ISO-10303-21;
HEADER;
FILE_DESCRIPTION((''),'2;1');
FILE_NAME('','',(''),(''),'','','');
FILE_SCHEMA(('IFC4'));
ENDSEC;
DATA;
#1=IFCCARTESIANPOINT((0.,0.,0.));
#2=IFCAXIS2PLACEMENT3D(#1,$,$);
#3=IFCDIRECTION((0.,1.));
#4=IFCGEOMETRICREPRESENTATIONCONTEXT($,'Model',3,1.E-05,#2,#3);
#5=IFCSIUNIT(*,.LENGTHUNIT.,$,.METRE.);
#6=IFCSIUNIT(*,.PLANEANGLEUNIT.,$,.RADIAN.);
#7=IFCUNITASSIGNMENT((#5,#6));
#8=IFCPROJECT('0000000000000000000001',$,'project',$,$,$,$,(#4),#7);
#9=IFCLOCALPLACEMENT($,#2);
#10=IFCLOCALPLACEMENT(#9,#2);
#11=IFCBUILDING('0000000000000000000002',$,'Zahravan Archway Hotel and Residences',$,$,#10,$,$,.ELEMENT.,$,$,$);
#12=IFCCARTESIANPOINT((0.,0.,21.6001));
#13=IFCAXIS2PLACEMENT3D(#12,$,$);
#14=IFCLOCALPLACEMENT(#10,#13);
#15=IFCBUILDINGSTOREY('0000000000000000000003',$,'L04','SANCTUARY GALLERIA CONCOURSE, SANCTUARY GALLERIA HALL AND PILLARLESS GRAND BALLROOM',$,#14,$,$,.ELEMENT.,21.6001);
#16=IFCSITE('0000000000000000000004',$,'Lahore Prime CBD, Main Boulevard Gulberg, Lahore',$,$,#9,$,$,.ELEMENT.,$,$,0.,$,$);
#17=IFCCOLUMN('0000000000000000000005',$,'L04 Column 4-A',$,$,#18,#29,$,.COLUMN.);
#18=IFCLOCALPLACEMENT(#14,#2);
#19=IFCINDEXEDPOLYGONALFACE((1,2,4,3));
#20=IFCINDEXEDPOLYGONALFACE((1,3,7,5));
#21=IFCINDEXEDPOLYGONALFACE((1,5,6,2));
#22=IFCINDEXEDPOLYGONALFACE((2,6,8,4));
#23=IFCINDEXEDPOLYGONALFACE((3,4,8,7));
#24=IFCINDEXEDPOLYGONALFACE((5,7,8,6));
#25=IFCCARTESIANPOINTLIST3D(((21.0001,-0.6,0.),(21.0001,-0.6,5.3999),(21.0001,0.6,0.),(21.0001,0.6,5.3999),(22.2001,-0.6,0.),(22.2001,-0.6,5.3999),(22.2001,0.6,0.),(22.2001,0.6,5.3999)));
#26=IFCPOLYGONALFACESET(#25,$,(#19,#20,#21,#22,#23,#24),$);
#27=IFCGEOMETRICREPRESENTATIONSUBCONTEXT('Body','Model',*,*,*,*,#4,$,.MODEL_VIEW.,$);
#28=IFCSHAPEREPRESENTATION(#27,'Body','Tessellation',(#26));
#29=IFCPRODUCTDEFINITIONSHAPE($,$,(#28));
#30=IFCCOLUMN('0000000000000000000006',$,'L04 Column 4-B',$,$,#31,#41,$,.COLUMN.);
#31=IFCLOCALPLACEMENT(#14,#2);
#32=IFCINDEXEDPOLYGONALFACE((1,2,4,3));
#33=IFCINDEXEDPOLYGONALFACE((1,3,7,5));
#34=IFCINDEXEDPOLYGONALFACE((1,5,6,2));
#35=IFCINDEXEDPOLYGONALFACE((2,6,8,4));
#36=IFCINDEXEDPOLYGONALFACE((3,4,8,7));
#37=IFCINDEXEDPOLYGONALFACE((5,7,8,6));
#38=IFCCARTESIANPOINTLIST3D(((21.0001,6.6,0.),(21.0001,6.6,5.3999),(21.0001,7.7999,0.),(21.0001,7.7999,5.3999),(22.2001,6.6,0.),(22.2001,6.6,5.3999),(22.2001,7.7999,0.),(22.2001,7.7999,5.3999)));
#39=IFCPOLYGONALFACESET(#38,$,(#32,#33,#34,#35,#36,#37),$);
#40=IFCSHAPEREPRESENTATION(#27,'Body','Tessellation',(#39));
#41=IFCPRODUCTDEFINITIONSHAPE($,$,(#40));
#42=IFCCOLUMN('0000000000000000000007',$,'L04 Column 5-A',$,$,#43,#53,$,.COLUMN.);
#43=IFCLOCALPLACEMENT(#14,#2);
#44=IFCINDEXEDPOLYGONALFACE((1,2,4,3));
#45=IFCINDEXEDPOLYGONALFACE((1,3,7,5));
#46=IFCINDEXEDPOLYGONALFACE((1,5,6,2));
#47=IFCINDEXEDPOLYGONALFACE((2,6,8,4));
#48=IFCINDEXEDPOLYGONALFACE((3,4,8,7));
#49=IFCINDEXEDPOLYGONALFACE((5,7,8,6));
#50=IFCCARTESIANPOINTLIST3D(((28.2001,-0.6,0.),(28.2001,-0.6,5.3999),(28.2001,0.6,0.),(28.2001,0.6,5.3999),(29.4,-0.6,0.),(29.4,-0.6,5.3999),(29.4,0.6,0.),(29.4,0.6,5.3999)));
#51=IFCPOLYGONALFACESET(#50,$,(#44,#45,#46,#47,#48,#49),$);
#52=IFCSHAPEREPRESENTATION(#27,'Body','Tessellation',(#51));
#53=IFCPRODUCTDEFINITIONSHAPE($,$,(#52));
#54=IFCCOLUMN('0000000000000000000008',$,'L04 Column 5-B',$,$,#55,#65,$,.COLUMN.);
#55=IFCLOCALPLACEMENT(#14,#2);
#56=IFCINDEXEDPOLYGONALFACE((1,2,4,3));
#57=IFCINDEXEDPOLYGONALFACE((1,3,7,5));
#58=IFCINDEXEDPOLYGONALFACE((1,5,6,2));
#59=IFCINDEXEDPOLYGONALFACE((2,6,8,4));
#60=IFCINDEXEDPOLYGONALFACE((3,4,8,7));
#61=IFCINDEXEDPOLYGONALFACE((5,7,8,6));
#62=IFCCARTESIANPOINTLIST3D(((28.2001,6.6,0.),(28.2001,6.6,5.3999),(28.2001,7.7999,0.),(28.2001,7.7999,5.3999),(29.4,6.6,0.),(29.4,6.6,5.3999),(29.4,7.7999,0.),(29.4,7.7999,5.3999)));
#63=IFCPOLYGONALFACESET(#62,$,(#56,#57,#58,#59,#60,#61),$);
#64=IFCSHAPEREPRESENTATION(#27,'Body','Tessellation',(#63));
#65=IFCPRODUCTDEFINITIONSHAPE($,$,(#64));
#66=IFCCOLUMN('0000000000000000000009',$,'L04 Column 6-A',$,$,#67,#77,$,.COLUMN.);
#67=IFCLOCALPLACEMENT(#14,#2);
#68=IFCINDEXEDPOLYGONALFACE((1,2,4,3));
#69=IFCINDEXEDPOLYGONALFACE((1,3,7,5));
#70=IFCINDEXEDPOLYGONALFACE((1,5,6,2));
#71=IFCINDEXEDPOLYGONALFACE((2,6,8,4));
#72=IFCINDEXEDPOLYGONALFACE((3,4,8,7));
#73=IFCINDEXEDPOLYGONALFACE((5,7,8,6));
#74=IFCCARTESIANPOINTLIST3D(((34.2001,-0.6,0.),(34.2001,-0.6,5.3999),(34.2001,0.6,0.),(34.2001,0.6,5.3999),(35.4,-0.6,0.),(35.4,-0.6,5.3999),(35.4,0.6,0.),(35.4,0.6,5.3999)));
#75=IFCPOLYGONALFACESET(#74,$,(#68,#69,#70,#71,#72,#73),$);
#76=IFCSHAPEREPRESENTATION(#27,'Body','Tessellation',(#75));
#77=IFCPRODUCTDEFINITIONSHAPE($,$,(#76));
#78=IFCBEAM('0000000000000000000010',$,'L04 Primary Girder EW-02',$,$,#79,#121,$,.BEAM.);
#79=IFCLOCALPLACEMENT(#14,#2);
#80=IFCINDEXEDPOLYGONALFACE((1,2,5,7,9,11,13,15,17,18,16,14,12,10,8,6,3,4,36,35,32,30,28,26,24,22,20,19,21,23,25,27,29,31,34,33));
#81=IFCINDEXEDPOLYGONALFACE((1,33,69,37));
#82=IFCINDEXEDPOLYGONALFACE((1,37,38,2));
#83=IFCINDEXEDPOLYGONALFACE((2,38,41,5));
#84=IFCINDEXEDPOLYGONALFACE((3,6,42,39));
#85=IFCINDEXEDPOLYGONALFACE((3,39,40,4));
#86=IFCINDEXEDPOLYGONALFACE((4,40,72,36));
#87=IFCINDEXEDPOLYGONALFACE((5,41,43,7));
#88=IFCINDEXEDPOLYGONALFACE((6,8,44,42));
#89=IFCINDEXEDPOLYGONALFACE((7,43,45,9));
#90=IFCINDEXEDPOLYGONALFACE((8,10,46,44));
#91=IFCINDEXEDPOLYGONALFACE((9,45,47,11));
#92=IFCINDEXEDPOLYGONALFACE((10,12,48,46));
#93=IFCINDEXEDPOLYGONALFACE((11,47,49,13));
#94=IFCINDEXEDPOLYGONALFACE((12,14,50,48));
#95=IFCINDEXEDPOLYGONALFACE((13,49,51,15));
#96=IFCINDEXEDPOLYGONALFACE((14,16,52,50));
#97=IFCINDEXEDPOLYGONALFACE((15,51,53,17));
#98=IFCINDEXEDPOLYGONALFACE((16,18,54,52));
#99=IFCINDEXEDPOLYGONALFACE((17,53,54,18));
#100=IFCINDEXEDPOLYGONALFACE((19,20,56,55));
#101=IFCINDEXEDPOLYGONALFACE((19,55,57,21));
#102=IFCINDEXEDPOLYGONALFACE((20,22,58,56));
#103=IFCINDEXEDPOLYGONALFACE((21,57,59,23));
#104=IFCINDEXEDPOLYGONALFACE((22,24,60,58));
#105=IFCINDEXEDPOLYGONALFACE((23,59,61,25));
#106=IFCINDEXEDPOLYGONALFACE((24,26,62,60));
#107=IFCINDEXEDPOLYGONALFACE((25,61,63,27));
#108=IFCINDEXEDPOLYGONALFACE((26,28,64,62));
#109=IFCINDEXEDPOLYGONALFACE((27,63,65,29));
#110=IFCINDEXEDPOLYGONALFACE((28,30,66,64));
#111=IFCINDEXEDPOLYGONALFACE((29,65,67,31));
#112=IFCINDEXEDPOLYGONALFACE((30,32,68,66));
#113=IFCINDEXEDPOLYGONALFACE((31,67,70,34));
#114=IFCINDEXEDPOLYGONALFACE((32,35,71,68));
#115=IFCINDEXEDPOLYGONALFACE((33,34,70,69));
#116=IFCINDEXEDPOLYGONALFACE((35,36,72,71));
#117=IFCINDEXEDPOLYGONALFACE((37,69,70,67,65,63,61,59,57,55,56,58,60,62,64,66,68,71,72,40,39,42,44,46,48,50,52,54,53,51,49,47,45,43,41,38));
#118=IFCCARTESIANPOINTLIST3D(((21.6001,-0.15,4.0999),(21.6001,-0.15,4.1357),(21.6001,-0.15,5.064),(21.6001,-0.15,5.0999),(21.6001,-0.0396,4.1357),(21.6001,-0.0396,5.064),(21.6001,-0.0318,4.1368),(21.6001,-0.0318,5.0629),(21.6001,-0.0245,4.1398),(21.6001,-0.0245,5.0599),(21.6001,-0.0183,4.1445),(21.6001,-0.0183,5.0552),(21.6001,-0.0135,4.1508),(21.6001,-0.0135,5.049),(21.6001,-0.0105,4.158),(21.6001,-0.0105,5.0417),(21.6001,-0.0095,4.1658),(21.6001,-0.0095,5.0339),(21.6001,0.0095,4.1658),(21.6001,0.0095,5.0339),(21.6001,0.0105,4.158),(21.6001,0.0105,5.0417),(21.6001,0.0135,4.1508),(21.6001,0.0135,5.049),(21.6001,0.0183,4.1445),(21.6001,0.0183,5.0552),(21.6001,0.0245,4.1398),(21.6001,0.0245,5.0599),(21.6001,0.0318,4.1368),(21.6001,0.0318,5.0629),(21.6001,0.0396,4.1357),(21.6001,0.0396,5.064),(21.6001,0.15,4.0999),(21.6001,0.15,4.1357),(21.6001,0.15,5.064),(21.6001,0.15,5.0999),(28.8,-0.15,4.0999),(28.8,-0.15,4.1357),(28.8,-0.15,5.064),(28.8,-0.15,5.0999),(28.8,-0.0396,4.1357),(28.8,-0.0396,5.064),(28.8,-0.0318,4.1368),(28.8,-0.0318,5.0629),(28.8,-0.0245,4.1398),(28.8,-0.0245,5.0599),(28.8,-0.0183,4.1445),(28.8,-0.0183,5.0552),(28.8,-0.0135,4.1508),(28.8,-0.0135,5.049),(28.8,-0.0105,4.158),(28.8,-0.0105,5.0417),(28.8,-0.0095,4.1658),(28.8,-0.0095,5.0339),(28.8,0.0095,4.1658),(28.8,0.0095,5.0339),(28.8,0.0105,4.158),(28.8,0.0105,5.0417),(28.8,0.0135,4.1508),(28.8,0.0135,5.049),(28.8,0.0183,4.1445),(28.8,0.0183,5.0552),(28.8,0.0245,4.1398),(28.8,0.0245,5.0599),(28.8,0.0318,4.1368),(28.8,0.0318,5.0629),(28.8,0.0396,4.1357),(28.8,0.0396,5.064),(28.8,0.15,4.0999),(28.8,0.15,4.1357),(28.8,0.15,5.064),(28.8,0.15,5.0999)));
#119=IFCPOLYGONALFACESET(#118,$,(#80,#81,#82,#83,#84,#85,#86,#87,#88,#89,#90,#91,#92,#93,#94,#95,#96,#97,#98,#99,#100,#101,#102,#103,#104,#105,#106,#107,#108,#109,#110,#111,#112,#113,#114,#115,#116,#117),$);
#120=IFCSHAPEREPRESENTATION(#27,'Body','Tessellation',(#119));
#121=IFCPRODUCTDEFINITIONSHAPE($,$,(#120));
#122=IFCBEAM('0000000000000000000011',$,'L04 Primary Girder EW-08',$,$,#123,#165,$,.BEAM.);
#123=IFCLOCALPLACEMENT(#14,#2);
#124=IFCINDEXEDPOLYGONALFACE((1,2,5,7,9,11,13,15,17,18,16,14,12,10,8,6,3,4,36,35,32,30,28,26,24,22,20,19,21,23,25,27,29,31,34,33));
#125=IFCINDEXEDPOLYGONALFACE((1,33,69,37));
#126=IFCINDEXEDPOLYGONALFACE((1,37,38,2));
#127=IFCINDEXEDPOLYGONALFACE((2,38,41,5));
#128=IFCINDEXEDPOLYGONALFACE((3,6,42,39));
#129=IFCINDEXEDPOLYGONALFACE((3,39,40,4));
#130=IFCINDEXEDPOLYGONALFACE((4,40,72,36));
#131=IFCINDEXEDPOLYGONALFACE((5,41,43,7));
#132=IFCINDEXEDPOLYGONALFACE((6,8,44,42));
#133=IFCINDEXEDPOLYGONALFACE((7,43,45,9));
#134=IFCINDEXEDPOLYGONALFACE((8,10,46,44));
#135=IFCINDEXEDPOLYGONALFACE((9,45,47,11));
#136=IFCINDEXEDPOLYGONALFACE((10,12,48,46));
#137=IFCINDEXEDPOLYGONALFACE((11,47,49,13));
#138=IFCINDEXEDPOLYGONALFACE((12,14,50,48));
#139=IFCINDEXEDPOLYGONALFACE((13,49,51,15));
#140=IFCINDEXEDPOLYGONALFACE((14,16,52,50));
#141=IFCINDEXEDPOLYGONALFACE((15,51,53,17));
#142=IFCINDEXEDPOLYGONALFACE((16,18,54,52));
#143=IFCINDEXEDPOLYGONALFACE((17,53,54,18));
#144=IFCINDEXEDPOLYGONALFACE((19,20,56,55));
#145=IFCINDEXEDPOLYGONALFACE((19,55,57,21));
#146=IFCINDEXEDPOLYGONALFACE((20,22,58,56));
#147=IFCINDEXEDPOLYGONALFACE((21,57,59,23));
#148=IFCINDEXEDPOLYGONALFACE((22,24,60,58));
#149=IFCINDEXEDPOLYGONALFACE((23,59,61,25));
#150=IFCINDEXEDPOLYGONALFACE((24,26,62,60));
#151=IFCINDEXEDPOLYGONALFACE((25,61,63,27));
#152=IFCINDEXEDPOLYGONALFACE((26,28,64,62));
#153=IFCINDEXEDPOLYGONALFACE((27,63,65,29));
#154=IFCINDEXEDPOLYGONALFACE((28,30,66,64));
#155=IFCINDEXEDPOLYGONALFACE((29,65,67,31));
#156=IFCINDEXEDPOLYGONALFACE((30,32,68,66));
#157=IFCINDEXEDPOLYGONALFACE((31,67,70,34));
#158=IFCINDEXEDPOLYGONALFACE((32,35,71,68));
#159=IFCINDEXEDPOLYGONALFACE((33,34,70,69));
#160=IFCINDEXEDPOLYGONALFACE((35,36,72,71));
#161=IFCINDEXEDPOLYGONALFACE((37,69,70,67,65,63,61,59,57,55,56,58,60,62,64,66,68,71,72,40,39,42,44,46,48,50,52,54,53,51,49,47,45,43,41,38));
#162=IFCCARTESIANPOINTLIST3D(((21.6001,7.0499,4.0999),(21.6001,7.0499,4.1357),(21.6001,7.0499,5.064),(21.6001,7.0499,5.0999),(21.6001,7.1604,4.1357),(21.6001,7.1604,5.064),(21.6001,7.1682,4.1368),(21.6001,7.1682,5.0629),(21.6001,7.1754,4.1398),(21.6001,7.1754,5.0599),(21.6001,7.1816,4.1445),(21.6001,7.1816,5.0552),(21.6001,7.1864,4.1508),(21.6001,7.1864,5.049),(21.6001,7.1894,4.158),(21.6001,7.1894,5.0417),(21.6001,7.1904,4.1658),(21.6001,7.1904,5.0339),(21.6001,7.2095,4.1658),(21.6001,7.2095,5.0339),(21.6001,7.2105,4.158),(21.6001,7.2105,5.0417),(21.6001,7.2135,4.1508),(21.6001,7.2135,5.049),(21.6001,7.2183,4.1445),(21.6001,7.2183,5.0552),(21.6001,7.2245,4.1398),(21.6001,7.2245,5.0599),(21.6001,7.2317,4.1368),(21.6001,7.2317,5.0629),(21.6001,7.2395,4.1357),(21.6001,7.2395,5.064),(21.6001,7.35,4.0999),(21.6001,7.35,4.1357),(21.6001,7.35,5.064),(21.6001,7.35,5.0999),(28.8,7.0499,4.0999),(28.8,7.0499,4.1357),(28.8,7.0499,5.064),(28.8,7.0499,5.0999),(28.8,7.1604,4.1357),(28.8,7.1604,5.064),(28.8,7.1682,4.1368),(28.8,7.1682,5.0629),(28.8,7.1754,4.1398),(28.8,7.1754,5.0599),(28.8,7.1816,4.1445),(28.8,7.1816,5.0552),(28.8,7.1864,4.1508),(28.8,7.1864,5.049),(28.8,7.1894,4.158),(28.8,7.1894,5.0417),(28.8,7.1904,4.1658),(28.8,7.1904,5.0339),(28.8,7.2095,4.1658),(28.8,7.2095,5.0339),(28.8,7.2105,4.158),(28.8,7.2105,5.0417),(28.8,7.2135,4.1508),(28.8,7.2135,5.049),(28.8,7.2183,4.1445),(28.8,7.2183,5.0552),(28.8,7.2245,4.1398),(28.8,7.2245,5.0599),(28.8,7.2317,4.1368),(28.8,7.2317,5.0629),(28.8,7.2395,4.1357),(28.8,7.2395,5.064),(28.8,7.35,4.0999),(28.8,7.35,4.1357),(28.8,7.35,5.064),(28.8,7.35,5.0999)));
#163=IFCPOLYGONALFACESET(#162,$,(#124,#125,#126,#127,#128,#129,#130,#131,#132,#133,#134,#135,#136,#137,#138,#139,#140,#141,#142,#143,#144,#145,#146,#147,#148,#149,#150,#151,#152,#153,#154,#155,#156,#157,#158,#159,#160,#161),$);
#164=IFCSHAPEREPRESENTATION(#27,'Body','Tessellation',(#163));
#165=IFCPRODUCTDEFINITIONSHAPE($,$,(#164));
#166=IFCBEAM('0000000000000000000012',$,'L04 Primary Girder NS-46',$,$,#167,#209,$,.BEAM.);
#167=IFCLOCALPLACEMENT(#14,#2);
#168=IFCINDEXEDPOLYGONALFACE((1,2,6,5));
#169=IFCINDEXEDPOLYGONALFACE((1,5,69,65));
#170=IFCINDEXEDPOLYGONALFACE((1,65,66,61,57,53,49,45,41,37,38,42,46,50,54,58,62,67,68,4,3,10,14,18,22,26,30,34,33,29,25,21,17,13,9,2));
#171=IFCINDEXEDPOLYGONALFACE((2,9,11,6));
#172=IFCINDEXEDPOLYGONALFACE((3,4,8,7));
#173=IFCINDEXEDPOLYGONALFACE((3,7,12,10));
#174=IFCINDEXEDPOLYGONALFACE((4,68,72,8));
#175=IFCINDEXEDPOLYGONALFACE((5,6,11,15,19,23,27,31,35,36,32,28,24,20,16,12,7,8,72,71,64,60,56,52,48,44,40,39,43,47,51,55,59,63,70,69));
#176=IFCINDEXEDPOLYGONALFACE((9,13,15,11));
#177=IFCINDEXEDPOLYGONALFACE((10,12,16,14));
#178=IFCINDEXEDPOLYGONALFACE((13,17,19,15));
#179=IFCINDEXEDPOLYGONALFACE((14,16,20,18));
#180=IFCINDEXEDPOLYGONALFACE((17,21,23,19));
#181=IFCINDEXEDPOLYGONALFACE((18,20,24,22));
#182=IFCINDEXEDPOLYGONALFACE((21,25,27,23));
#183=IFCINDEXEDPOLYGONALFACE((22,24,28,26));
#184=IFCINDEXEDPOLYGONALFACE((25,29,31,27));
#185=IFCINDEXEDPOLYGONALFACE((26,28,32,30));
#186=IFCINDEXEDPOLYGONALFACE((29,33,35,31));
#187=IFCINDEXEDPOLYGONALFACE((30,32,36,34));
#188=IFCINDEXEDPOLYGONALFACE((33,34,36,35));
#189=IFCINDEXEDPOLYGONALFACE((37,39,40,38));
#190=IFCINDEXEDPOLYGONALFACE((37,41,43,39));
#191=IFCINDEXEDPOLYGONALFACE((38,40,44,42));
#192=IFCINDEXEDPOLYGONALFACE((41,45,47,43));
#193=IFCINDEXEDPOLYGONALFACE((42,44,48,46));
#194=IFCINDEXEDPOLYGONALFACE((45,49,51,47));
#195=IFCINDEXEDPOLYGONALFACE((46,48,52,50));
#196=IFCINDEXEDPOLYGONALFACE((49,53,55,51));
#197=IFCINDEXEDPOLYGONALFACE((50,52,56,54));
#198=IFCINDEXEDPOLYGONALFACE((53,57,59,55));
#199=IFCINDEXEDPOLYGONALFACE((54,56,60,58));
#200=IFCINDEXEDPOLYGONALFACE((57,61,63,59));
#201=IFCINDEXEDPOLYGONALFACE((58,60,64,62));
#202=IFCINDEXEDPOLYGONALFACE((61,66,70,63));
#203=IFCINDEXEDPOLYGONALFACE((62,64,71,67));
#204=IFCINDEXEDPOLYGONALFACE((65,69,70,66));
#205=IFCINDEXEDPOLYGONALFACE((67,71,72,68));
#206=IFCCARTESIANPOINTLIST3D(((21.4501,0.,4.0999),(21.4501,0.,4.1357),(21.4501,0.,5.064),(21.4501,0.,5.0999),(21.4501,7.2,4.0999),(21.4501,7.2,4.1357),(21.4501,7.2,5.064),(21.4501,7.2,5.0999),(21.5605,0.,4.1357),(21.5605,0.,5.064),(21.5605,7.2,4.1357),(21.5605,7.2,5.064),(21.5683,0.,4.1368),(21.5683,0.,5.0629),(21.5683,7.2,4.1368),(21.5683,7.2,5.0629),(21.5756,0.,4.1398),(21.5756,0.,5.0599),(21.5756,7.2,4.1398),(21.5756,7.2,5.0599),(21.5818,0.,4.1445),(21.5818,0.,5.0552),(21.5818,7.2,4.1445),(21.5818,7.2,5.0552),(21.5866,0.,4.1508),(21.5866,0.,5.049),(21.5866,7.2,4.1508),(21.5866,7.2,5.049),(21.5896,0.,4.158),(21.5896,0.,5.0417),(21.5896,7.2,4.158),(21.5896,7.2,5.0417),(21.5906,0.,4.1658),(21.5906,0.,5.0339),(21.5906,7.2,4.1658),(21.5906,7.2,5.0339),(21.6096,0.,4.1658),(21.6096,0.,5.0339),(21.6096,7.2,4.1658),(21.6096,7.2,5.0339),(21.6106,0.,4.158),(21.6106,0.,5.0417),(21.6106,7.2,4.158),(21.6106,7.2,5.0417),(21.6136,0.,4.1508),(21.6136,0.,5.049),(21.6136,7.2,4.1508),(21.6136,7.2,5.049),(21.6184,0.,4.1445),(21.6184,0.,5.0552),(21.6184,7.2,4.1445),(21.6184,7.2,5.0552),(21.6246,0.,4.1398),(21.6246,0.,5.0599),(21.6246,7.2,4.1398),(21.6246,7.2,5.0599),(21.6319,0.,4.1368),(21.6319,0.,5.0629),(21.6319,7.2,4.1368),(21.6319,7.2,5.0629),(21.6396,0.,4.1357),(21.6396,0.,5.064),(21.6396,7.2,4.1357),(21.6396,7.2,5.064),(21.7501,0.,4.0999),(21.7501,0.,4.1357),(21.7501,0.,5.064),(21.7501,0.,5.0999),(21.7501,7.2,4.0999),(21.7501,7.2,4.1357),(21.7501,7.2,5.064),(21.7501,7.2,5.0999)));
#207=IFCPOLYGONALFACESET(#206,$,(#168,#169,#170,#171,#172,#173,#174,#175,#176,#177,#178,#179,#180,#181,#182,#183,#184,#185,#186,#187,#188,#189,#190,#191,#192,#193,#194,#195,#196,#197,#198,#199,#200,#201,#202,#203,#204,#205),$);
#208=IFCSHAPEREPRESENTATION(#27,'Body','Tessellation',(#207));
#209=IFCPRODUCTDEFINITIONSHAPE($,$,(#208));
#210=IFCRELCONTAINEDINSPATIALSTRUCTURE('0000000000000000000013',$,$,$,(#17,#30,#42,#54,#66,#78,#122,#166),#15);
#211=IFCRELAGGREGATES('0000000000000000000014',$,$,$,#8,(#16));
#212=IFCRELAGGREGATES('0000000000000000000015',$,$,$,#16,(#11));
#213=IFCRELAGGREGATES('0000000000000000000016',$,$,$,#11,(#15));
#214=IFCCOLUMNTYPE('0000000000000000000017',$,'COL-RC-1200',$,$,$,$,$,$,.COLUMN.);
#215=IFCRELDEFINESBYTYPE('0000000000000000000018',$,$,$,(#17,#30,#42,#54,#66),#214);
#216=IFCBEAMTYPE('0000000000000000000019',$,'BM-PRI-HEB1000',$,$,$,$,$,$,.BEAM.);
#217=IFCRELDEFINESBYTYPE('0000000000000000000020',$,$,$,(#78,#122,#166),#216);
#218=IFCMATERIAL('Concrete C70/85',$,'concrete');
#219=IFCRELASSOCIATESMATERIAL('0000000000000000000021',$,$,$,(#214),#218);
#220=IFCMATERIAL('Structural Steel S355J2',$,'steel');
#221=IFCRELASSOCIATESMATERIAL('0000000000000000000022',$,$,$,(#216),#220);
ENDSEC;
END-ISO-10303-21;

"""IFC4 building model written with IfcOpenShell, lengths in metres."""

from ifc_helpers import new_model, si_unit, direction, frame, origin, origin_2d, place, context, subcontext, project, spatial, rectangle, i_section, extrude, source, transform, mapped, material, material_profile, profile_set, type_object, element, save


model = new_model("IFC4")

# Units and contexts
model_context = context("Model", 3, precision=1e-05, world=origin(), true_north=direction((0.0, 1.0)))
body_context = subcontext(model_context, "Body", "Model", "MODEL_VIEW")
ifc_project = project(units=[si_unit("LENGTHUNIT", "METRE"), si_unit("PLANEANGLEUNIT", "RADIAN")], contexts=[model_context])

# Site, building, storey
site_placement = place(None, origin())
site = spatial("IfcSite", under=ifc_project, at=site_placement, Name="Lahore Prime CBD, Main Boulevard Gulberg, Lahore", CompositionType="ELEMENT", RefElevation=0.0)
building_placement = place(site_placement, origin())
building = spatial("IfcBuilding", under=site, at=building_placement, Name="Zahravan Archway Hotel and Residences", CompositionType="ELEMENT")
storey_placement = place(building_placement, frame((0.0, 0.0, 21.6001)))
storey = spatial("IfcBuildingStorey", under=building, at=storey_placement, Name="L04", Description="SANCTUARY GALLERIA CONCOURSE, SANCTUARY GALLERIA HALL AND PILLARLESS GRAND BALLROOM", CompositionType="ELEMENT", Elevation=21.6001)

# Columns
ifc_material_1 = material(Name="Concrete C70/85", Category="concrete")
ifc_material_profile_1 = material_profile(ifc_material_1, rectangle(XDim=1.2, YDim=1.2, at=origin_2d()), Name="RC-COL-1200x1200", Category="concrete")
ifc_profile_set_1 = profile_set([ifc_material_profile_1], Name="Concrete C70/85")
column_type = type_object("IfcColumnType", Name="COL-RC-1200", PredefinedType="COLUMN", material=ifc_profile_set_1)
shared_shape_1 = source(origin(), body_context, "Body", "SweptSolid", [
    extrude(rectangle(XDim=1.2, YDim=1.2, at=origin_2d()), origin(), (0.0, 0.0, 1.0), 5.3999),
])
for number, where, z_axis, x_axis, name in (
    (1, (21.6001, 0.0, 0.0), (0.0, 0.0, 1.0), (1.0, 0.0, 0.0), "L04 Column 4-A"),
    (2, (21.6001, 7.2, 0.0), (0.0, 0.0, 1.0), (1.0, 0.0, 0.0), "L04 Column 4-B"),
    (3, (28.8, 0.0, 0.0), (0.0, 0.0, 1.0), (1.0, 0.0, 0.0), "L04 Column 5-A"),
    (4, (28.8, 7.2, 0.0), (0.0, 0.0, 1.0), (1.0, 0.0, 0.0), "L04 Column 5-B"),
    (5, (34.8, 0.0, 0.0), (0.0, 0.0, 1.0), (1.0, 0.0, 0.0), "L04 Column 6-A"),
):
    element("IfcColumn", number, at=place(storey_placement, frame(where, z_axis=z_axis, x_axis=x_axis)), inside=storey, type_object=column_type, Name=name, PredefinedType="COLUMN", context=body_context, shape_type="MappedRepresentation", body=[
        mapped(shared_shape_1, transform((0.0, 0.0, 0.0), scale=1.0)),
    ])

# Beams
ifc_material_2 = material(Name="Structural Steel S355J2", Category="steel")
ifc_material_profile_2 = material_profile(ifc_material_2, i_section(OverallWidth=0.3, OverallDepth=1.0, WebThickness=0.019, FlangeThickness=0.0359, FilletRadius=0.03, at=origin_2d()), Name="HEB 1000", Category="steel")
ifc_profile_set_2 = profile_set([ifc_material_profile_2], Name="Structural Steel S355J2")
beam_type_1 = type_object("IfcBeamType", Name="BM-PRI-HEB1000", PredefinedType="BEAM", material=ifc_profile_set_2)
shared_shape_2 = source(origin(), body_context, "Body", "SweptSolid", [
    extrude(i_section(OverallWidth=0.3, OverallDepth=1.0, WebThickness=0.019, FlangeThickness=0.0359, FilletRadius=0.03, at=origin_2d()), origin(), (0.0, 0.0, 1.0), 7.2),
])
for number, where, z_axis, x_axis, name in (
    (6, (21.6001, 0.0, 4.5999), (1.0, 0.0, 0.0), (0.0, 1.0, 0.0), "L04 Primary Girder EW-02"),
    (7, (21.6001, 7.2, 4.5999), (1.0, 0.0, 0.0), (0.0, 1.0, 0.0), "L04 Primary Girder EW-08"),
    (8, (21.6001, 0.0, 4.5999), (0.0, 1.0, 0.0), (-1.0, 0.0, 0.0), "L04 Primary Girder NS-46"),
):
    element("IfcBeam", number, at=place(storey_placement, frame(where, z_axis=z_axis, x_axis=x_axis)), inside=storey, type_object=beam_type_1, Name=name, PredefinedType="BEAM", context=body_context, shape_type="MappedRepresentation", body=[
        mapped(shared_shape_2, transform((0.0, 0.0, 0.0), scale=1.0)),
    ])

save(model, "model.ifc")
